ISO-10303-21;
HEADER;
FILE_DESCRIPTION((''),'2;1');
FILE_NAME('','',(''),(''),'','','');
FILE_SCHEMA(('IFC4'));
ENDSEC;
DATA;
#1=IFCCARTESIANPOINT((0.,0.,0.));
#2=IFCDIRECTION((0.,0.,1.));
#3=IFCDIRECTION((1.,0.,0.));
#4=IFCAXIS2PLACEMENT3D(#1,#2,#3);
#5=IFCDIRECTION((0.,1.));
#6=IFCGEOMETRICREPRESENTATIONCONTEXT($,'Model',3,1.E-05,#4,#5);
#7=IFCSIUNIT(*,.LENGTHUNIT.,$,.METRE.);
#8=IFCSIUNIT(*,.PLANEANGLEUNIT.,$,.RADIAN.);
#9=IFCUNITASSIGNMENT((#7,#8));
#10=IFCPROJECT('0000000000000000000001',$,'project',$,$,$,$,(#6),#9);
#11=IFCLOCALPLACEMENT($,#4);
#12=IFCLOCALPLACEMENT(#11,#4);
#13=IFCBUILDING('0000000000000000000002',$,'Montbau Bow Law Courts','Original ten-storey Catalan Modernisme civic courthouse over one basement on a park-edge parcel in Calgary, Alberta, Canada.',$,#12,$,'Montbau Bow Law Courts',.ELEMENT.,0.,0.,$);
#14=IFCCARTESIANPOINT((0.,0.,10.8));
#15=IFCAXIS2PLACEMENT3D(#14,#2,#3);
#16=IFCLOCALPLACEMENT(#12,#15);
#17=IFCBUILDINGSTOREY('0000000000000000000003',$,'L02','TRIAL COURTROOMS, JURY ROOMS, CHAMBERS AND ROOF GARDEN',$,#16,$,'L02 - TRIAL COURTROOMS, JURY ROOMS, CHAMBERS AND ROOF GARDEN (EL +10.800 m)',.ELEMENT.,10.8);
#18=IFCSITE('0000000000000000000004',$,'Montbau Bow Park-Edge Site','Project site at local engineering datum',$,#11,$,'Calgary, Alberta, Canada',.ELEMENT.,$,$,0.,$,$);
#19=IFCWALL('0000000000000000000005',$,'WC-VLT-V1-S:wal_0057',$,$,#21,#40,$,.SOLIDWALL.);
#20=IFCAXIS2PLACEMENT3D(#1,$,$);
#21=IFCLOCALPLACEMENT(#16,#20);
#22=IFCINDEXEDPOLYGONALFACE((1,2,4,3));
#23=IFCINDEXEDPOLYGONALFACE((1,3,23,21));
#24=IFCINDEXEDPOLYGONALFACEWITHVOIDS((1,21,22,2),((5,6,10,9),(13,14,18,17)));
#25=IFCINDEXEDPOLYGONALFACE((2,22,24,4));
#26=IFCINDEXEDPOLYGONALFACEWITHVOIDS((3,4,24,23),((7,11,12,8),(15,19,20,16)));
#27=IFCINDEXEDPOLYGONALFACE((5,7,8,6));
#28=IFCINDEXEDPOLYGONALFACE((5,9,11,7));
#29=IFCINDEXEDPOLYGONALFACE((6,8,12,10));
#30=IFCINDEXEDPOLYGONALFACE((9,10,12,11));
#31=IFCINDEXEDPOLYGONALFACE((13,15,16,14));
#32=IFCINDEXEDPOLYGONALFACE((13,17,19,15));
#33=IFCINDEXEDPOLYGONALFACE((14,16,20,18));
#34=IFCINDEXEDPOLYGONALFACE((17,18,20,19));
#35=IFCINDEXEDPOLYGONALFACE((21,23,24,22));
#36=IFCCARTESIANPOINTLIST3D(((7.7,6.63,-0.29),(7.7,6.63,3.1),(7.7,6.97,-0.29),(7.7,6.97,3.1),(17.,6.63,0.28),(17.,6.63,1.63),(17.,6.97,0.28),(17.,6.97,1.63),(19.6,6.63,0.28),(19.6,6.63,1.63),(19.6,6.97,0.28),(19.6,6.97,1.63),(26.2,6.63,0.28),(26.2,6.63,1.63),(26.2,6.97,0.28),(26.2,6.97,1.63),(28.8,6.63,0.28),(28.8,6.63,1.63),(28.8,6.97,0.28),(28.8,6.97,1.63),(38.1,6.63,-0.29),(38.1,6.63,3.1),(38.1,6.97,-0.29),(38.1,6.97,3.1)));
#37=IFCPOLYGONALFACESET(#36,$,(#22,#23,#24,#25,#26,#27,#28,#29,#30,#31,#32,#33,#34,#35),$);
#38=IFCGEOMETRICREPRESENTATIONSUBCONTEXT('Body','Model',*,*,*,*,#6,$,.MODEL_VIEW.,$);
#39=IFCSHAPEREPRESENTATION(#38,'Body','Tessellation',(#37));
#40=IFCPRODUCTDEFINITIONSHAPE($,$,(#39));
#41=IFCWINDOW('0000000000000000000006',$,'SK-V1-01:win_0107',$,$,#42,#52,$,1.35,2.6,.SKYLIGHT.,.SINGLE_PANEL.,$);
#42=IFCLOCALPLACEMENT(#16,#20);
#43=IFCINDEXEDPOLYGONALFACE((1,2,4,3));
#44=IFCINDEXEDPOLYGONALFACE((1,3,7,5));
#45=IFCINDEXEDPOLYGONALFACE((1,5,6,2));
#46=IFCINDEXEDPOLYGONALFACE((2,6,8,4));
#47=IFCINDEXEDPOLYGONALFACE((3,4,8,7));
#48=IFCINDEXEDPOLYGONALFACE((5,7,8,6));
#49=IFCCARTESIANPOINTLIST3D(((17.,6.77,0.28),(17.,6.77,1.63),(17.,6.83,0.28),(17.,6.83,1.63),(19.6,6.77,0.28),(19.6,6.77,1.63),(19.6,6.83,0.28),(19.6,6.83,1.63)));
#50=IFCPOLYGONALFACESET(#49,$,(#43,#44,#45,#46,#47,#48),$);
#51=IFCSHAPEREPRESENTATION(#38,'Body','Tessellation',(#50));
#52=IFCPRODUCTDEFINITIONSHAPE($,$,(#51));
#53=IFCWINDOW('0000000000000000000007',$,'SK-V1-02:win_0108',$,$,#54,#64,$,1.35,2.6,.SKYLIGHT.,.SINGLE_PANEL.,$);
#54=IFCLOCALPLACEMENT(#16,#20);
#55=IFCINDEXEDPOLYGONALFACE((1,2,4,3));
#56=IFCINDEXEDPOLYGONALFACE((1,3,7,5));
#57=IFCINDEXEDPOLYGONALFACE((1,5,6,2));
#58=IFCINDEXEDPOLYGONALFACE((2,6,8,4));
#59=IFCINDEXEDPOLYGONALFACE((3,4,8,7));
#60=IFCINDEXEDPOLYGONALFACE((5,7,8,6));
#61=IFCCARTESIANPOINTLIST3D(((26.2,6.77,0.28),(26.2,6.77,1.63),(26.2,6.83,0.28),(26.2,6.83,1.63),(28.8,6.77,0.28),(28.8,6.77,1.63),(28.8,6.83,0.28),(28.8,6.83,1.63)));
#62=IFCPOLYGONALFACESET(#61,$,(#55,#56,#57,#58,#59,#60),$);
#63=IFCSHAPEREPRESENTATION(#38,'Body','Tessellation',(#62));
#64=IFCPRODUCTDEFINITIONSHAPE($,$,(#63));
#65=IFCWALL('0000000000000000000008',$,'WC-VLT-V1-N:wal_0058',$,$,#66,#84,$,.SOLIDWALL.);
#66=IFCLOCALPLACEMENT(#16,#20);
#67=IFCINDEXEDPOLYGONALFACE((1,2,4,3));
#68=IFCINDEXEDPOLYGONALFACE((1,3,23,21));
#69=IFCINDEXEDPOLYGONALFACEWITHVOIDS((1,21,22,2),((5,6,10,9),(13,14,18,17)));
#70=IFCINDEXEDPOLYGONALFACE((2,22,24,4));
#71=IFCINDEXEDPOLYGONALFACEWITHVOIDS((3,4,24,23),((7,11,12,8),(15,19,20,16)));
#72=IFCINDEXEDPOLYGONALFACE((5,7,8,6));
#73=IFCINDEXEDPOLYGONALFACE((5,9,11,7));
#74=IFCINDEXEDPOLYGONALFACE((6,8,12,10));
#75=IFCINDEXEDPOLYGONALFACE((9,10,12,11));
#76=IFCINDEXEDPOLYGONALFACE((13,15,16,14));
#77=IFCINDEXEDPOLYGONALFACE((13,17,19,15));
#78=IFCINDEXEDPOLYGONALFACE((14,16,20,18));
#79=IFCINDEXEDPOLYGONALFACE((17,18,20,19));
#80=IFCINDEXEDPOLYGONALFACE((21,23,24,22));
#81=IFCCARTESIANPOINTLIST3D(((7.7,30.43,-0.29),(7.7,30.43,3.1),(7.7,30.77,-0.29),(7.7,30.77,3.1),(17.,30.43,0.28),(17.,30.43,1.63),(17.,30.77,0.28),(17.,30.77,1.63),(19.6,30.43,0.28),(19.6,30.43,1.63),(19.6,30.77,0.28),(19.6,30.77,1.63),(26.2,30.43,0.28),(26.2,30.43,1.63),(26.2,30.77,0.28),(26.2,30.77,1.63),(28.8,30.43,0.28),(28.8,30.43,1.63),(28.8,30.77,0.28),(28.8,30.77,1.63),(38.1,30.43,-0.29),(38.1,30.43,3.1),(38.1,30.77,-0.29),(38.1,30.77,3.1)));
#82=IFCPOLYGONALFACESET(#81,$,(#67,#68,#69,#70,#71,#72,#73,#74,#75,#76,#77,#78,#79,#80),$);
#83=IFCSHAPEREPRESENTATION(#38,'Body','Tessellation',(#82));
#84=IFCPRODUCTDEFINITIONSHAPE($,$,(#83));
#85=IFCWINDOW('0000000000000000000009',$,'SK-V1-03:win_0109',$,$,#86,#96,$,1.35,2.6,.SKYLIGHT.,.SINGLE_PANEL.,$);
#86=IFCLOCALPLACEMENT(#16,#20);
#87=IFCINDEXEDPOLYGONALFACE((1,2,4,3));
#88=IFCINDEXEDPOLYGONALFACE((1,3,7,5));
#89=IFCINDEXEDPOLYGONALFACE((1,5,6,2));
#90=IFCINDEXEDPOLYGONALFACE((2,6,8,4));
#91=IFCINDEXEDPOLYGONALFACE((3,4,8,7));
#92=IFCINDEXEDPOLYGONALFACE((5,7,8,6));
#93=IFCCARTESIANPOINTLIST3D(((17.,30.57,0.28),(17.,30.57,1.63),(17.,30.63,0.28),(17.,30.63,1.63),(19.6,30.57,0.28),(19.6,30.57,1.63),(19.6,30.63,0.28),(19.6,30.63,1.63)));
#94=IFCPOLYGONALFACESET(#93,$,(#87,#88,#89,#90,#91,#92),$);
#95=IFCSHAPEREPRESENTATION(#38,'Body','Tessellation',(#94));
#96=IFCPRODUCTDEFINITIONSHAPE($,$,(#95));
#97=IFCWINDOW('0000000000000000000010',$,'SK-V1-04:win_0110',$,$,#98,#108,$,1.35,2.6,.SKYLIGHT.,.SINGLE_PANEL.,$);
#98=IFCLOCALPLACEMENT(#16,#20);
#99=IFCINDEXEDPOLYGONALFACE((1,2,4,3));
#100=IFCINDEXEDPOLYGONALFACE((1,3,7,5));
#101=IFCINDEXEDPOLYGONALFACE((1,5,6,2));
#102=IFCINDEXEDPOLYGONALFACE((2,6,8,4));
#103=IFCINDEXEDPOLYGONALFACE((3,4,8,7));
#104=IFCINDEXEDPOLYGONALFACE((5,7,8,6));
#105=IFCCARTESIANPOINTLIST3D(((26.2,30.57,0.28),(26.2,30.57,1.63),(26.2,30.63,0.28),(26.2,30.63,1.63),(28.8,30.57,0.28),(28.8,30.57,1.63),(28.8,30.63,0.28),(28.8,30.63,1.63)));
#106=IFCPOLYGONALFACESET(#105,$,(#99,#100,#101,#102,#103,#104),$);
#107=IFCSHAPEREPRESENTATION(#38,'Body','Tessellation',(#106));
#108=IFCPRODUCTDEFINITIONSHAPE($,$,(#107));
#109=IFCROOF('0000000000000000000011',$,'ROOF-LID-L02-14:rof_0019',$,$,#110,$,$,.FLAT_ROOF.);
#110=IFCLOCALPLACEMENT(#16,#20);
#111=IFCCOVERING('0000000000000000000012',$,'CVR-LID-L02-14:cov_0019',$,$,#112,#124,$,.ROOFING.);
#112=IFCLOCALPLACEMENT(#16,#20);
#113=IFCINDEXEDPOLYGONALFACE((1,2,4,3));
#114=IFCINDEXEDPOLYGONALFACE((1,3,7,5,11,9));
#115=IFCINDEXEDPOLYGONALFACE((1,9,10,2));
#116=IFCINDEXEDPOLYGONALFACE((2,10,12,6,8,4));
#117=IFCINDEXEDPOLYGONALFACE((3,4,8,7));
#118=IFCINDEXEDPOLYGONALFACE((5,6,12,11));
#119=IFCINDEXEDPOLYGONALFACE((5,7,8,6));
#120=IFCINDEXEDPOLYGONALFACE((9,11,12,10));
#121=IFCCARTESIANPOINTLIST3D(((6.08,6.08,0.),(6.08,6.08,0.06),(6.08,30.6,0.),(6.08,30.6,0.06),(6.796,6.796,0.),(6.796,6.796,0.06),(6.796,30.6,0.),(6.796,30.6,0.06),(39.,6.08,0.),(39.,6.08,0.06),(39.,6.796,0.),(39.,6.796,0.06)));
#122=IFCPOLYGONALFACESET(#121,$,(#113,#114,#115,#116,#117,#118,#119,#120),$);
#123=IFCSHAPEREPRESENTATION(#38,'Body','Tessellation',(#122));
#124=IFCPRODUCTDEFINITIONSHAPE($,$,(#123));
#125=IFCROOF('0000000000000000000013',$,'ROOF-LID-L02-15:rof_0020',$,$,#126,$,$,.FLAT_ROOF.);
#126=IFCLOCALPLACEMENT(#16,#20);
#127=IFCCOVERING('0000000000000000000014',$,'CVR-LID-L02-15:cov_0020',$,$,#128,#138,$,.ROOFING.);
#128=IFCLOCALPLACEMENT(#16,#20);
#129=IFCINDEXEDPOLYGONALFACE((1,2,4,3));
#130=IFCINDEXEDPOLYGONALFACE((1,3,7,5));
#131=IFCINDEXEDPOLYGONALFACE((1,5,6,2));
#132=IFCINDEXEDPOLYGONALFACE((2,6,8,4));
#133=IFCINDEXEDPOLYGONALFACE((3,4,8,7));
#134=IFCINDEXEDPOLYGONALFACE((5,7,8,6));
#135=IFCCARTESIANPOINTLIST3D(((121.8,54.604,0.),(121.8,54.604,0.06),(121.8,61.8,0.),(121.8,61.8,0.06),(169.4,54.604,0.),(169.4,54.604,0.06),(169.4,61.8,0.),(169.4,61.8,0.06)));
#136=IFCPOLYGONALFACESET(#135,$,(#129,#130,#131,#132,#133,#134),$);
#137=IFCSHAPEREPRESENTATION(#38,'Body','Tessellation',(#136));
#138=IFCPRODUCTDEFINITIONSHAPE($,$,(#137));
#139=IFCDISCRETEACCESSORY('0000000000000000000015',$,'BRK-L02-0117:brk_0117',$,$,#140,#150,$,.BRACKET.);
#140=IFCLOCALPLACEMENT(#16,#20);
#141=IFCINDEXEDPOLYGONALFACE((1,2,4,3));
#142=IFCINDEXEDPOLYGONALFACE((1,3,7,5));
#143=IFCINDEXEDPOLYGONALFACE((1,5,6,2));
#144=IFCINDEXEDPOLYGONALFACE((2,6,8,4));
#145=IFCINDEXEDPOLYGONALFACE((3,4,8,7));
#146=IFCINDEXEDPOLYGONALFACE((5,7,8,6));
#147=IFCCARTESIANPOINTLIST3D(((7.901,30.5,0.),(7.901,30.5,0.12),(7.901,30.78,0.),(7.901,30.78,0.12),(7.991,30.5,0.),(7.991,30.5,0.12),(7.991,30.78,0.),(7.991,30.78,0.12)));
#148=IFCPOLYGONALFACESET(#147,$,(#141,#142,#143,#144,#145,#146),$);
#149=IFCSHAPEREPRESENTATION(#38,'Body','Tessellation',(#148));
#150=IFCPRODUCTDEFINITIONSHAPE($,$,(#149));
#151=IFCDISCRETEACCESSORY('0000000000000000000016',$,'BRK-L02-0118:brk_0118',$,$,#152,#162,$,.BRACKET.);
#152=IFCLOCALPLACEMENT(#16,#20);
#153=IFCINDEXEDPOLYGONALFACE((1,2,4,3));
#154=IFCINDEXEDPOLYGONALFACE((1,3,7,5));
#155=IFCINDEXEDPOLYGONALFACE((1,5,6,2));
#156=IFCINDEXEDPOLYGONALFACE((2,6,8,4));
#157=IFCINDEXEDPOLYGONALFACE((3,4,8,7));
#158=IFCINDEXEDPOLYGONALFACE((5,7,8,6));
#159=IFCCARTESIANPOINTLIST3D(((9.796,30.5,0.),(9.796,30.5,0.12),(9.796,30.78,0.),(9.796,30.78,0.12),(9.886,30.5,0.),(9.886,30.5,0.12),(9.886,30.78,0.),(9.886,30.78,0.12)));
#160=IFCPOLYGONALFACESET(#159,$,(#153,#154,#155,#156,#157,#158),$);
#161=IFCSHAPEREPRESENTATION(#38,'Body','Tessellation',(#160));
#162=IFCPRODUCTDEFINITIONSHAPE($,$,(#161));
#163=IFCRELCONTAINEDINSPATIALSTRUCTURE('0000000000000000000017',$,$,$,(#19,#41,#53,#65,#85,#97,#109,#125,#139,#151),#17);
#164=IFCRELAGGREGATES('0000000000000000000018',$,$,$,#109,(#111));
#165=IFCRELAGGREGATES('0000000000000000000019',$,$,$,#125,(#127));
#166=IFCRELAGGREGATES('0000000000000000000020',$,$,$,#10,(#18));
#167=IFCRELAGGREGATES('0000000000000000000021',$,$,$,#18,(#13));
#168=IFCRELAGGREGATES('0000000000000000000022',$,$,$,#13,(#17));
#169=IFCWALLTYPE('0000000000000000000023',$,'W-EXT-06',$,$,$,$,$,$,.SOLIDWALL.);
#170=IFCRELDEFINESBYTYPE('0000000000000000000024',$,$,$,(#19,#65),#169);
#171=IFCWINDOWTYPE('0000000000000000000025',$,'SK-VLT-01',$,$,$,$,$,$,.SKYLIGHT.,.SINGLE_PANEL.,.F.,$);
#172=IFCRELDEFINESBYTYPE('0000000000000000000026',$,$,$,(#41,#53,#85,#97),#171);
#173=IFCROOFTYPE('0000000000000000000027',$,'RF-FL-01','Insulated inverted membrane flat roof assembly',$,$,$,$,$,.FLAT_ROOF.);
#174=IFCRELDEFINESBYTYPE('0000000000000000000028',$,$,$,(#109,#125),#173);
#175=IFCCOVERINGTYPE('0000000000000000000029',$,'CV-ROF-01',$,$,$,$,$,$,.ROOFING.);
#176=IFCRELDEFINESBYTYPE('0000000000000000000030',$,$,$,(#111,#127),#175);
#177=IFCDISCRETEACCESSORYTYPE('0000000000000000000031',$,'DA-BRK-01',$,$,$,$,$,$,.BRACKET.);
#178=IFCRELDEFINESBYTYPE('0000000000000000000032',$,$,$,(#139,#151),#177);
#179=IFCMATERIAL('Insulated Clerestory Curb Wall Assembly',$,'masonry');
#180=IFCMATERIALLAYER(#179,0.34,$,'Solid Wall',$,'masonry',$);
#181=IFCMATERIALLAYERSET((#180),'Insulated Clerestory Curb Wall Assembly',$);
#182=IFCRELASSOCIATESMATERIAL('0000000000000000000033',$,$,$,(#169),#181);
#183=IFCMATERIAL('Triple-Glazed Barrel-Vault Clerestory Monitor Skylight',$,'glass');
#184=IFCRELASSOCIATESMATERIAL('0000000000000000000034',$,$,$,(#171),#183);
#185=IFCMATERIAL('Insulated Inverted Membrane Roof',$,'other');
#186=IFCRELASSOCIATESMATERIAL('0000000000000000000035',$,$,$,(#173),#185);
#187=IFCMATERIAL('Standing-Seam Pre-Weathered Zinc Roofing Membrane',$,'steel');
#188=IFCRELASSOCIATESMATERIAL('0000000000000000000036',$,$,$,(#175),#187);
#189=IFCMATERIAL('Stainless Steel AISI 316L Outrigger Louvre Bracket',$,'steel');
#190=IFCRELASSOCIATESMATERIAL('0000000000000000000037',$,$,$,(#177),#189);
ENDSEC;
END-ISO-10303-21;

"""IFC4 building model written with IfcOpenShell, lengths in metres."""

from ifc_helpers import new_model, si_unit, direction, frame, frame_2d, origin_with_axes, origin_2d_with_axis, place, context, subcontext, project, spatial, polyline, rectangle, outline, extrude, material, layer, layer_set, type_object, element, fill, aggregate, save


model = new_model("IFC4")

# Units and contexts
model_context = context("Model", 3, precision=1e-05, world=origin_with_axes(), true_north=direction((0.0, 1.0)))
body_context = subcontext(model_context, "Body", "Model", "MODEL_VIEW")
ifc_project = project(units=[si_unit("LENGTHUNIT", "METRE"), si_unit("PLANEANGLEUNIT", "RADIAN")], contexts=[model_context])

# Site, building, storey
site_placement = place(None, origin_with_axes())
site = spatial("IfcSite", under=ifc_project, at=site_placement, Name="Montbau Bow Park-Edge Site", Description="Project site at local engineering datum", LongName="Calgary, Alberta, Canada", CompositionType="ELEMENT", RefElevation=0.0)
building_placement = place(site_placement, origin_with_axes())
building = spatial("IfcBuilding", under=site, at=building_placement, Name="Montbau Bow Law Courts", Description="Original ten-storey Catalan Modernisme civic courthouse over one basement on a park-edge parcel in Calgary, Alberta, Canada.", LongName="Montbau Bow Law Courts", CompositionType="ELEMENT", ElevationOfRefHeight=0.0, ElevationOfTerrain=0.0)
storey_placement = place(building_placement, frame((0.0, 0.0, 10.8), z_axis=(0.0, 0.0, 1.0), x_axis=(1.0, 0.0, 0.0)))
storey = spatial("IfcBuildingStorey", under=building, at=storey_placement, Name="L02", Description="TRIAL COURTROOMS, JURY ROOMS, CHAMBERS AND ROOF GARDEN", LongName="L02 - TRIAL COURTROOMS, JURY ROOMS, CHAMBERS AND ROOF GARDEN (EL +10.800 m)", CompositionType="ELEMENT", Elevation=10.8)

# Walls, openings, windows
ifc_material_1 = material(Name="Insulated Clerestory Curb Wall Assembly", Category="masonry")
ifc_layer_1 = layer(ifc_material_1, 0.34, Name="Solid Wall", Category="masonry")
ifc_layer_set_1 = layer_set([ifc_layer_1], Name="Insulated Clerestory Curb Wall Assembly")
wall_type = type_object("IfcWallType", Name="W-EXT-06", PredefinedType="SOLIDWALL", material=ifc_layer_set_1)
wall_1_placement = place(None, frame((7.7, 6.8, 10.51), z_axis=(0.0, 0.0, 1.0), x_axis=(1.0, 0.0, 0.0)))
wall_1 = element("IfcWall", 1, at=wall_1_placement, inside=storey, type_object=wall_type, Name="WC-VLT-V1-S:wal_0057", PredefinedType="SOLIDWALL", context=body_context, shape_type="SweptSolid", body=[
    extrude(rectangle(XDim=30.4, YDim=0.34, at=frame_2d((15.2, 0.0), x_axis=(1.0, 0.0))), origin_with_axes(), (0.0, 0.0, 1.0), 3.39),
])
opening_1_placement = place(None, frame((18.3, 6.8, 11.08), z_axis=(0.0, 0.0, 1.0), x_axis=(1.0, 0.0, 0.0)))
opening_1 = element("IfcOpeningElement", 2, at=opening_1_placement, cuts=wall_1, PredefinedType="OPENING", context=body_context, shape_type="SweptSolid", body=[
    extrude(rectangle(XDim=2.6, YDim=1.35, at=frame_2d((0.0, 0.675), x_axis=(1.0, 0.0))), frame((0.0, 0.18, 0.0), z_axis=(0.0, -1.0, 0.0), x_axis=(1.0, 0.0, 0.0)), (0.0, 0.0, 1.0), 0.36),
])
opening_2_placement = place(None, frame((27.5, 6.8, 11.08), z_axis=(0.0, 0.0, 1.0), x_axis=(1.0, 0.0, 0.0)))
opening_2 = element("IfcOpeningElement", 3, at=opening_2_placement, cuts=wall_1, PredefinedType="OPENING", context=body_context, shape_type="SweptSolid", body=[
    extrude(rectangle(XDim=2.6, YDim=1.35, at=frame_2d((0.0, 0.675), x_axis=(1.0, 0.0))), frame((0.0, 0.18, 0.0), z_axis=(0.0, -1.0, 0.0), x_axis=(1.0, 0.0, 0.0)), (0.0, 0.0, 1.0), 0.36),
])
ifc_material_2 = material(Name="Triple-Glazed Barrel-Vault Clerestory Monitor Skylight", Category="glass")
window_type = type_object("IfcWindowType", Name="SK-VLT-01", ParameterTakesPrecedence=False, PartitioningType="SINGLE_PANEL", PredefinedType="SKYLIGHT", material=ifc_material_2)
window_1_placement = place(None, frame((18.3, 6.8, 11.08), z_axis=(0.0, 0.0, 1.0), x_axis=(1.0, 0.0, 0.0)))
window_1 = element("IfcWindow", 4, at=window_1_placement, inside=storey, type_object=window_type, Name="SK-V1-01:win_0107", OverallHeight=1.35, OverallWidth=2.6, PartitioningType="SINGLE_PANEL", PredefinedType="SKYLIGHT", context=body_context, shape_type="SweptSolid", body=[
    extrude(rectangle(XDim=2.6, YDim=1.35, at=frame_2d((0.0, 0.675), x_axis=(1.0, 0.0))), frame((0.0, 0.03, 0.0), z_axis=(0.0, -1.0, 0.0), x_axis=(1.0, 0.0, 0.0)), (0.0, 0.0, 1.0), 0.06),
])
fill(opening_1, window_1)
window_2_placement = place(None, frame((27.5, 6.8, 11.08), z_axis=(0.0, 0.0, 1.0), x_axis=(1.0, 0.0, 0.0)))
window_2 = element("IfcWindow", 5, at=window_2_placement, inside=storey, type_object=window_type, Name="SK-V1-02:win_0108", OverallHeight=1.35, OverallWidth=2.6, PartitioningType="SINGLE_PANEL", PredefinedType="SKYLIGHT", context=body_context, shape_type="SweptSolid", body=[
    extrude(rectangle(XDim=2.6, YDim=1.35, at=frame_2d((0.0, 0.675), x_axis=(1.0, 0.0))), frame((0.0, 0.03, 0.0), z_axis=(0.0, -1.0, 0.0), x_axis=(1.0, 0.0, 0.0)), (0.0, 0.0, 1.0), 0.06),
])
fill(opening_2, window_2)
wall_2_placement = place(None, frame((7.7, 30.6, 10.51), z_axis=(0.0, 0.0, 1.0), x_axis=(1.0, 0.0, 0.0)))
wall_2 = element("IfcWall", 6, at=wall_2_placement, inside=storey, type_object=wall_type, Name="WC-VLT-V1-N:wal_0058", PredefinedType="SOLIDWALL", context=body_context, shape_type="SweptSolid", body=[
    extrude(rectangle(XDim=30.4, YDim=0.34, at=frame_2d((15.2, 0.0), x_axis=(1.0, 0.0))), origin_with_axes(), (0.0, 0.0, 1.0), 3.39),
])
opening_3_placement = place(None, frame((18.3, 30.6, 11.08), z_axis=(0.0, 0.0, 1.0), x_axis=(1.0, 0.0, 0.0)))
opening_3 = element("IfcOpeningElement", 7, at=opening_3_placement, cuts=wall_2, PredefinedType="OPENING", context=body_context, shape_type="SweptSolid", body=[
    extrude(rectangle(XDim=2.6, YDim=1.35, at=frame_2d((0.0, 0.675), x_axis=(1.0, 0.0))), frame((0.0, 0.18, 0.0), z_axis=(0.0, -1.0, 0.0), x_axis=(1.0, 0.0, 0.0)), (0.0, 0.0, 1.0), 0.36),
])
opening_4_placement = place(None, frame((27.5, 30.6, 11.08), z_axis=(0.0, 0.0, 1.0), x_axis=(1.0, 0.0, 0.0)))
opening_4 = element("IfcOpeningElement", 8, at=opening_4_placement, cuts=wall_2, PredefinedType="OPENING", context=body_context, shape_type="SweptSolid", body=[
    extrude(rectangle(XDim=2.6, YDim=1.35, at=frame_2d((0.0, 0.675), x_axis=(1.0, 0.0))), frame((0.0, 0.18, 0.0), z_axis=(0.0, -1.0, 0.0), x_axis=(1.0, 0.0, 0.0)), (0.0, 0.0, 1.0), 0.36),
])
window_3_placement = place(None, frame((18.3, 30.6, 11.08), z_axis=(0.0, 0.0, 1.0), x_axis=(1.0, 0.0, 0.0)))
window_3 = element("IfcWindow", 9, at=window_3_placement, inside=storey, type_object=window_type, Name="SK-V1-03:win_0109", OverallHeight=1.35, OverallWidth=2.6, PartitioningType="SINGLE_PANEL", PredefinedType="SKYLIGHT", context=body_context, shape_type="SweptSolid", body=[
    extrude(rectangle(XDim=2.6, YDim=1.35, at=frame_2d((0.0, 0.675), x_axis=(1.0, 0.0))), frame((0.0, 0.03, 0.0), z_axis=(0.0, -1.0, 0.0), x_axis=(1.0, 0.0, 0.0)), (0.0, 0.0, 1.0), 0.06),
])
fill(opening_3, window_3)
window_4_placement = place(None, frame((27.5, 30.6, 11.08), z_axis=(0.0, 0.0, 1.0), x_axis=(1.0, 0.0, 0.0)))
window_4 = element("IfcWindow", 10, at=window_4_placement, inside=storey, type_object=window_type, Name="SK-V1-04:win_0110", OverallHeight=1.35, OverallWidth=2.6, PartitioningType="SINGLE_PANEL", PredefinedType="SKYLIGHT", context=body_context, shape_type="SweptSolid", body=[
    extrude(rectangle(XDim=2.6, YDim=1.35, at=frame_2d((0.0, 0.675), x_axis=(1.0, 0.0))), frame((0.0, 0.03, 0.0), z_axis=(0.0, -1.0, 0.0), x_axis=(1.0, 0.0, 0.0)), (0.0, 0.0, 1.0), 0.06),
])
fill(opening_4, window_4)

# Roofs, coverings
ifc_material_3 = material(Name="Insulated Inverted Membrane Roof", Category="other")
roof_type = type_object("IfcRoofType", Name="RF-FL-01", Description="Insulated inverted membrane flat roof assembly", PredefinedType="FLAT_ROOF", material=ifc_material_3)
roof_1_placement = place(None, frame((6.08, 6.08, 10.8), z_axis=(0.0, 0.0, 1.0), x_axis=(1.0, 0.0, 0.0)))
roof_1 = element("IfcRoof", 11, at=roof_1_placement, inside=storey, type_object=roof_type, Name="ROOF-LID-L02-14:rof_0019", PredefinedType="FLAT_ROOF")
ifc_material_4 = material(Name="Standing-Seam Pre-Weathered Zinc Roofing Membrane", Category="steel")
covering_type = type_object("IfcCoveringType", Name="CV-ROF-01", PredefinedType="ROOFING", material=ifc_material_4)
covering_1_placement = place(None, frame((0.0, 0.0, 10.8), z_axis=(0.0, 0.0, 1.0), x_axis=(1.0, 0.0, 0.0)))
covering_1 = element("IfcCovering", 12, at=covering_1_placement, type_object=covering_type, Name="CVR-LID-L02-14:cov_0019", PredefinedType="ROOFING", context=body_context, shape_type="SweptSolid", body=[
    extrude(outline(polyline([(6.796, 30.6), (6.796, 6.796), (39.0, 6.796), (39.0, 6.08), (6.08, 6.08), (6.08, 30.6), (6.796, 30.6)])), origin_with_axes(), (0.0, 0.0, 1.0), 0.06),
])
aggregate(roof_1, [covering_1])
roof_2_placement = place(None, frame((121.8, 54.604, 10.8), z_axis=(0.0, 0.0, 1.0), x_axis=(1.0, 0.0, 0.0)))
roof_2 = element("IfcRoof", 13, at=roof_2_placement, inside=storey, type_object=roof_type, Name="ROOF-LID-L02-15:rof_0020", PredefinedType="FLAT_ROOF")
covering_2_placement = place(None, frame((0.0, 0.0, 10.8), z_axis=(0.0, 0.0, 1.0), x_axis=(1.0, 0.0, 0.0)))
covering_2 = element("IfcCovering", 14, at=covering_2_placement, type_object=covering_type, Name="CVR-LID-L02-15:cov_0020", PredefinedType="ROOFING", context=body_context, shape_type="SweptSolid", body=[
    extrude(outline(polyline([(121.8, 61.8), (169.4, 61.8), (169.4, 54.604), (121.8, 54.604), (121.8, 61.8)])), origin_with_axes(), (0.0, 0.0, 1.0), 0.06),
])
aggregate(roof_2, [covering_2])

# Discrete accessories
ifc_material_5 = material(Name="Stainless Steel AISI 316L Outrigger Louvre Bracket", Category="steel")
discrete_accessory_type = type_object("IfcDiscreteAccessoryType", Name="DA-BRK-01", PredefinedType="BRACKET", material=ifc_material_5)
for number, where, z_axis, x_axis, name in (
    (15, (7.946, 30.64, 10.8), (0.0, 0.0, 1.0), (0.0, -1.0, 0.0), "BRK-L02-0117:brk_0117"),
    (16, (9.841, 30.64, 10.8), (0.0, 0.0, 1.0), (0.0, -1.0, 0.0), "BRK-L02-0118:brk_0118"),
):
    element("IfcDiscreteAccessory", number, at=place(None, frame(where, z_axis=z_axis, x_axis=x_axis)), inside=storey, type_object=discrete_accessory_type, Name=name, PredefinedType="BRACKET", context=body_context, shape_type="SweptSolid", body=[
        extrude(rectangle(XDim=0.28, YDim=0.09, at=origin_2d_with_axis()), origin_with_axes(), (0.0, 0.0, 1.0), 0.12),
    ])

save(model, "model.ifc")
